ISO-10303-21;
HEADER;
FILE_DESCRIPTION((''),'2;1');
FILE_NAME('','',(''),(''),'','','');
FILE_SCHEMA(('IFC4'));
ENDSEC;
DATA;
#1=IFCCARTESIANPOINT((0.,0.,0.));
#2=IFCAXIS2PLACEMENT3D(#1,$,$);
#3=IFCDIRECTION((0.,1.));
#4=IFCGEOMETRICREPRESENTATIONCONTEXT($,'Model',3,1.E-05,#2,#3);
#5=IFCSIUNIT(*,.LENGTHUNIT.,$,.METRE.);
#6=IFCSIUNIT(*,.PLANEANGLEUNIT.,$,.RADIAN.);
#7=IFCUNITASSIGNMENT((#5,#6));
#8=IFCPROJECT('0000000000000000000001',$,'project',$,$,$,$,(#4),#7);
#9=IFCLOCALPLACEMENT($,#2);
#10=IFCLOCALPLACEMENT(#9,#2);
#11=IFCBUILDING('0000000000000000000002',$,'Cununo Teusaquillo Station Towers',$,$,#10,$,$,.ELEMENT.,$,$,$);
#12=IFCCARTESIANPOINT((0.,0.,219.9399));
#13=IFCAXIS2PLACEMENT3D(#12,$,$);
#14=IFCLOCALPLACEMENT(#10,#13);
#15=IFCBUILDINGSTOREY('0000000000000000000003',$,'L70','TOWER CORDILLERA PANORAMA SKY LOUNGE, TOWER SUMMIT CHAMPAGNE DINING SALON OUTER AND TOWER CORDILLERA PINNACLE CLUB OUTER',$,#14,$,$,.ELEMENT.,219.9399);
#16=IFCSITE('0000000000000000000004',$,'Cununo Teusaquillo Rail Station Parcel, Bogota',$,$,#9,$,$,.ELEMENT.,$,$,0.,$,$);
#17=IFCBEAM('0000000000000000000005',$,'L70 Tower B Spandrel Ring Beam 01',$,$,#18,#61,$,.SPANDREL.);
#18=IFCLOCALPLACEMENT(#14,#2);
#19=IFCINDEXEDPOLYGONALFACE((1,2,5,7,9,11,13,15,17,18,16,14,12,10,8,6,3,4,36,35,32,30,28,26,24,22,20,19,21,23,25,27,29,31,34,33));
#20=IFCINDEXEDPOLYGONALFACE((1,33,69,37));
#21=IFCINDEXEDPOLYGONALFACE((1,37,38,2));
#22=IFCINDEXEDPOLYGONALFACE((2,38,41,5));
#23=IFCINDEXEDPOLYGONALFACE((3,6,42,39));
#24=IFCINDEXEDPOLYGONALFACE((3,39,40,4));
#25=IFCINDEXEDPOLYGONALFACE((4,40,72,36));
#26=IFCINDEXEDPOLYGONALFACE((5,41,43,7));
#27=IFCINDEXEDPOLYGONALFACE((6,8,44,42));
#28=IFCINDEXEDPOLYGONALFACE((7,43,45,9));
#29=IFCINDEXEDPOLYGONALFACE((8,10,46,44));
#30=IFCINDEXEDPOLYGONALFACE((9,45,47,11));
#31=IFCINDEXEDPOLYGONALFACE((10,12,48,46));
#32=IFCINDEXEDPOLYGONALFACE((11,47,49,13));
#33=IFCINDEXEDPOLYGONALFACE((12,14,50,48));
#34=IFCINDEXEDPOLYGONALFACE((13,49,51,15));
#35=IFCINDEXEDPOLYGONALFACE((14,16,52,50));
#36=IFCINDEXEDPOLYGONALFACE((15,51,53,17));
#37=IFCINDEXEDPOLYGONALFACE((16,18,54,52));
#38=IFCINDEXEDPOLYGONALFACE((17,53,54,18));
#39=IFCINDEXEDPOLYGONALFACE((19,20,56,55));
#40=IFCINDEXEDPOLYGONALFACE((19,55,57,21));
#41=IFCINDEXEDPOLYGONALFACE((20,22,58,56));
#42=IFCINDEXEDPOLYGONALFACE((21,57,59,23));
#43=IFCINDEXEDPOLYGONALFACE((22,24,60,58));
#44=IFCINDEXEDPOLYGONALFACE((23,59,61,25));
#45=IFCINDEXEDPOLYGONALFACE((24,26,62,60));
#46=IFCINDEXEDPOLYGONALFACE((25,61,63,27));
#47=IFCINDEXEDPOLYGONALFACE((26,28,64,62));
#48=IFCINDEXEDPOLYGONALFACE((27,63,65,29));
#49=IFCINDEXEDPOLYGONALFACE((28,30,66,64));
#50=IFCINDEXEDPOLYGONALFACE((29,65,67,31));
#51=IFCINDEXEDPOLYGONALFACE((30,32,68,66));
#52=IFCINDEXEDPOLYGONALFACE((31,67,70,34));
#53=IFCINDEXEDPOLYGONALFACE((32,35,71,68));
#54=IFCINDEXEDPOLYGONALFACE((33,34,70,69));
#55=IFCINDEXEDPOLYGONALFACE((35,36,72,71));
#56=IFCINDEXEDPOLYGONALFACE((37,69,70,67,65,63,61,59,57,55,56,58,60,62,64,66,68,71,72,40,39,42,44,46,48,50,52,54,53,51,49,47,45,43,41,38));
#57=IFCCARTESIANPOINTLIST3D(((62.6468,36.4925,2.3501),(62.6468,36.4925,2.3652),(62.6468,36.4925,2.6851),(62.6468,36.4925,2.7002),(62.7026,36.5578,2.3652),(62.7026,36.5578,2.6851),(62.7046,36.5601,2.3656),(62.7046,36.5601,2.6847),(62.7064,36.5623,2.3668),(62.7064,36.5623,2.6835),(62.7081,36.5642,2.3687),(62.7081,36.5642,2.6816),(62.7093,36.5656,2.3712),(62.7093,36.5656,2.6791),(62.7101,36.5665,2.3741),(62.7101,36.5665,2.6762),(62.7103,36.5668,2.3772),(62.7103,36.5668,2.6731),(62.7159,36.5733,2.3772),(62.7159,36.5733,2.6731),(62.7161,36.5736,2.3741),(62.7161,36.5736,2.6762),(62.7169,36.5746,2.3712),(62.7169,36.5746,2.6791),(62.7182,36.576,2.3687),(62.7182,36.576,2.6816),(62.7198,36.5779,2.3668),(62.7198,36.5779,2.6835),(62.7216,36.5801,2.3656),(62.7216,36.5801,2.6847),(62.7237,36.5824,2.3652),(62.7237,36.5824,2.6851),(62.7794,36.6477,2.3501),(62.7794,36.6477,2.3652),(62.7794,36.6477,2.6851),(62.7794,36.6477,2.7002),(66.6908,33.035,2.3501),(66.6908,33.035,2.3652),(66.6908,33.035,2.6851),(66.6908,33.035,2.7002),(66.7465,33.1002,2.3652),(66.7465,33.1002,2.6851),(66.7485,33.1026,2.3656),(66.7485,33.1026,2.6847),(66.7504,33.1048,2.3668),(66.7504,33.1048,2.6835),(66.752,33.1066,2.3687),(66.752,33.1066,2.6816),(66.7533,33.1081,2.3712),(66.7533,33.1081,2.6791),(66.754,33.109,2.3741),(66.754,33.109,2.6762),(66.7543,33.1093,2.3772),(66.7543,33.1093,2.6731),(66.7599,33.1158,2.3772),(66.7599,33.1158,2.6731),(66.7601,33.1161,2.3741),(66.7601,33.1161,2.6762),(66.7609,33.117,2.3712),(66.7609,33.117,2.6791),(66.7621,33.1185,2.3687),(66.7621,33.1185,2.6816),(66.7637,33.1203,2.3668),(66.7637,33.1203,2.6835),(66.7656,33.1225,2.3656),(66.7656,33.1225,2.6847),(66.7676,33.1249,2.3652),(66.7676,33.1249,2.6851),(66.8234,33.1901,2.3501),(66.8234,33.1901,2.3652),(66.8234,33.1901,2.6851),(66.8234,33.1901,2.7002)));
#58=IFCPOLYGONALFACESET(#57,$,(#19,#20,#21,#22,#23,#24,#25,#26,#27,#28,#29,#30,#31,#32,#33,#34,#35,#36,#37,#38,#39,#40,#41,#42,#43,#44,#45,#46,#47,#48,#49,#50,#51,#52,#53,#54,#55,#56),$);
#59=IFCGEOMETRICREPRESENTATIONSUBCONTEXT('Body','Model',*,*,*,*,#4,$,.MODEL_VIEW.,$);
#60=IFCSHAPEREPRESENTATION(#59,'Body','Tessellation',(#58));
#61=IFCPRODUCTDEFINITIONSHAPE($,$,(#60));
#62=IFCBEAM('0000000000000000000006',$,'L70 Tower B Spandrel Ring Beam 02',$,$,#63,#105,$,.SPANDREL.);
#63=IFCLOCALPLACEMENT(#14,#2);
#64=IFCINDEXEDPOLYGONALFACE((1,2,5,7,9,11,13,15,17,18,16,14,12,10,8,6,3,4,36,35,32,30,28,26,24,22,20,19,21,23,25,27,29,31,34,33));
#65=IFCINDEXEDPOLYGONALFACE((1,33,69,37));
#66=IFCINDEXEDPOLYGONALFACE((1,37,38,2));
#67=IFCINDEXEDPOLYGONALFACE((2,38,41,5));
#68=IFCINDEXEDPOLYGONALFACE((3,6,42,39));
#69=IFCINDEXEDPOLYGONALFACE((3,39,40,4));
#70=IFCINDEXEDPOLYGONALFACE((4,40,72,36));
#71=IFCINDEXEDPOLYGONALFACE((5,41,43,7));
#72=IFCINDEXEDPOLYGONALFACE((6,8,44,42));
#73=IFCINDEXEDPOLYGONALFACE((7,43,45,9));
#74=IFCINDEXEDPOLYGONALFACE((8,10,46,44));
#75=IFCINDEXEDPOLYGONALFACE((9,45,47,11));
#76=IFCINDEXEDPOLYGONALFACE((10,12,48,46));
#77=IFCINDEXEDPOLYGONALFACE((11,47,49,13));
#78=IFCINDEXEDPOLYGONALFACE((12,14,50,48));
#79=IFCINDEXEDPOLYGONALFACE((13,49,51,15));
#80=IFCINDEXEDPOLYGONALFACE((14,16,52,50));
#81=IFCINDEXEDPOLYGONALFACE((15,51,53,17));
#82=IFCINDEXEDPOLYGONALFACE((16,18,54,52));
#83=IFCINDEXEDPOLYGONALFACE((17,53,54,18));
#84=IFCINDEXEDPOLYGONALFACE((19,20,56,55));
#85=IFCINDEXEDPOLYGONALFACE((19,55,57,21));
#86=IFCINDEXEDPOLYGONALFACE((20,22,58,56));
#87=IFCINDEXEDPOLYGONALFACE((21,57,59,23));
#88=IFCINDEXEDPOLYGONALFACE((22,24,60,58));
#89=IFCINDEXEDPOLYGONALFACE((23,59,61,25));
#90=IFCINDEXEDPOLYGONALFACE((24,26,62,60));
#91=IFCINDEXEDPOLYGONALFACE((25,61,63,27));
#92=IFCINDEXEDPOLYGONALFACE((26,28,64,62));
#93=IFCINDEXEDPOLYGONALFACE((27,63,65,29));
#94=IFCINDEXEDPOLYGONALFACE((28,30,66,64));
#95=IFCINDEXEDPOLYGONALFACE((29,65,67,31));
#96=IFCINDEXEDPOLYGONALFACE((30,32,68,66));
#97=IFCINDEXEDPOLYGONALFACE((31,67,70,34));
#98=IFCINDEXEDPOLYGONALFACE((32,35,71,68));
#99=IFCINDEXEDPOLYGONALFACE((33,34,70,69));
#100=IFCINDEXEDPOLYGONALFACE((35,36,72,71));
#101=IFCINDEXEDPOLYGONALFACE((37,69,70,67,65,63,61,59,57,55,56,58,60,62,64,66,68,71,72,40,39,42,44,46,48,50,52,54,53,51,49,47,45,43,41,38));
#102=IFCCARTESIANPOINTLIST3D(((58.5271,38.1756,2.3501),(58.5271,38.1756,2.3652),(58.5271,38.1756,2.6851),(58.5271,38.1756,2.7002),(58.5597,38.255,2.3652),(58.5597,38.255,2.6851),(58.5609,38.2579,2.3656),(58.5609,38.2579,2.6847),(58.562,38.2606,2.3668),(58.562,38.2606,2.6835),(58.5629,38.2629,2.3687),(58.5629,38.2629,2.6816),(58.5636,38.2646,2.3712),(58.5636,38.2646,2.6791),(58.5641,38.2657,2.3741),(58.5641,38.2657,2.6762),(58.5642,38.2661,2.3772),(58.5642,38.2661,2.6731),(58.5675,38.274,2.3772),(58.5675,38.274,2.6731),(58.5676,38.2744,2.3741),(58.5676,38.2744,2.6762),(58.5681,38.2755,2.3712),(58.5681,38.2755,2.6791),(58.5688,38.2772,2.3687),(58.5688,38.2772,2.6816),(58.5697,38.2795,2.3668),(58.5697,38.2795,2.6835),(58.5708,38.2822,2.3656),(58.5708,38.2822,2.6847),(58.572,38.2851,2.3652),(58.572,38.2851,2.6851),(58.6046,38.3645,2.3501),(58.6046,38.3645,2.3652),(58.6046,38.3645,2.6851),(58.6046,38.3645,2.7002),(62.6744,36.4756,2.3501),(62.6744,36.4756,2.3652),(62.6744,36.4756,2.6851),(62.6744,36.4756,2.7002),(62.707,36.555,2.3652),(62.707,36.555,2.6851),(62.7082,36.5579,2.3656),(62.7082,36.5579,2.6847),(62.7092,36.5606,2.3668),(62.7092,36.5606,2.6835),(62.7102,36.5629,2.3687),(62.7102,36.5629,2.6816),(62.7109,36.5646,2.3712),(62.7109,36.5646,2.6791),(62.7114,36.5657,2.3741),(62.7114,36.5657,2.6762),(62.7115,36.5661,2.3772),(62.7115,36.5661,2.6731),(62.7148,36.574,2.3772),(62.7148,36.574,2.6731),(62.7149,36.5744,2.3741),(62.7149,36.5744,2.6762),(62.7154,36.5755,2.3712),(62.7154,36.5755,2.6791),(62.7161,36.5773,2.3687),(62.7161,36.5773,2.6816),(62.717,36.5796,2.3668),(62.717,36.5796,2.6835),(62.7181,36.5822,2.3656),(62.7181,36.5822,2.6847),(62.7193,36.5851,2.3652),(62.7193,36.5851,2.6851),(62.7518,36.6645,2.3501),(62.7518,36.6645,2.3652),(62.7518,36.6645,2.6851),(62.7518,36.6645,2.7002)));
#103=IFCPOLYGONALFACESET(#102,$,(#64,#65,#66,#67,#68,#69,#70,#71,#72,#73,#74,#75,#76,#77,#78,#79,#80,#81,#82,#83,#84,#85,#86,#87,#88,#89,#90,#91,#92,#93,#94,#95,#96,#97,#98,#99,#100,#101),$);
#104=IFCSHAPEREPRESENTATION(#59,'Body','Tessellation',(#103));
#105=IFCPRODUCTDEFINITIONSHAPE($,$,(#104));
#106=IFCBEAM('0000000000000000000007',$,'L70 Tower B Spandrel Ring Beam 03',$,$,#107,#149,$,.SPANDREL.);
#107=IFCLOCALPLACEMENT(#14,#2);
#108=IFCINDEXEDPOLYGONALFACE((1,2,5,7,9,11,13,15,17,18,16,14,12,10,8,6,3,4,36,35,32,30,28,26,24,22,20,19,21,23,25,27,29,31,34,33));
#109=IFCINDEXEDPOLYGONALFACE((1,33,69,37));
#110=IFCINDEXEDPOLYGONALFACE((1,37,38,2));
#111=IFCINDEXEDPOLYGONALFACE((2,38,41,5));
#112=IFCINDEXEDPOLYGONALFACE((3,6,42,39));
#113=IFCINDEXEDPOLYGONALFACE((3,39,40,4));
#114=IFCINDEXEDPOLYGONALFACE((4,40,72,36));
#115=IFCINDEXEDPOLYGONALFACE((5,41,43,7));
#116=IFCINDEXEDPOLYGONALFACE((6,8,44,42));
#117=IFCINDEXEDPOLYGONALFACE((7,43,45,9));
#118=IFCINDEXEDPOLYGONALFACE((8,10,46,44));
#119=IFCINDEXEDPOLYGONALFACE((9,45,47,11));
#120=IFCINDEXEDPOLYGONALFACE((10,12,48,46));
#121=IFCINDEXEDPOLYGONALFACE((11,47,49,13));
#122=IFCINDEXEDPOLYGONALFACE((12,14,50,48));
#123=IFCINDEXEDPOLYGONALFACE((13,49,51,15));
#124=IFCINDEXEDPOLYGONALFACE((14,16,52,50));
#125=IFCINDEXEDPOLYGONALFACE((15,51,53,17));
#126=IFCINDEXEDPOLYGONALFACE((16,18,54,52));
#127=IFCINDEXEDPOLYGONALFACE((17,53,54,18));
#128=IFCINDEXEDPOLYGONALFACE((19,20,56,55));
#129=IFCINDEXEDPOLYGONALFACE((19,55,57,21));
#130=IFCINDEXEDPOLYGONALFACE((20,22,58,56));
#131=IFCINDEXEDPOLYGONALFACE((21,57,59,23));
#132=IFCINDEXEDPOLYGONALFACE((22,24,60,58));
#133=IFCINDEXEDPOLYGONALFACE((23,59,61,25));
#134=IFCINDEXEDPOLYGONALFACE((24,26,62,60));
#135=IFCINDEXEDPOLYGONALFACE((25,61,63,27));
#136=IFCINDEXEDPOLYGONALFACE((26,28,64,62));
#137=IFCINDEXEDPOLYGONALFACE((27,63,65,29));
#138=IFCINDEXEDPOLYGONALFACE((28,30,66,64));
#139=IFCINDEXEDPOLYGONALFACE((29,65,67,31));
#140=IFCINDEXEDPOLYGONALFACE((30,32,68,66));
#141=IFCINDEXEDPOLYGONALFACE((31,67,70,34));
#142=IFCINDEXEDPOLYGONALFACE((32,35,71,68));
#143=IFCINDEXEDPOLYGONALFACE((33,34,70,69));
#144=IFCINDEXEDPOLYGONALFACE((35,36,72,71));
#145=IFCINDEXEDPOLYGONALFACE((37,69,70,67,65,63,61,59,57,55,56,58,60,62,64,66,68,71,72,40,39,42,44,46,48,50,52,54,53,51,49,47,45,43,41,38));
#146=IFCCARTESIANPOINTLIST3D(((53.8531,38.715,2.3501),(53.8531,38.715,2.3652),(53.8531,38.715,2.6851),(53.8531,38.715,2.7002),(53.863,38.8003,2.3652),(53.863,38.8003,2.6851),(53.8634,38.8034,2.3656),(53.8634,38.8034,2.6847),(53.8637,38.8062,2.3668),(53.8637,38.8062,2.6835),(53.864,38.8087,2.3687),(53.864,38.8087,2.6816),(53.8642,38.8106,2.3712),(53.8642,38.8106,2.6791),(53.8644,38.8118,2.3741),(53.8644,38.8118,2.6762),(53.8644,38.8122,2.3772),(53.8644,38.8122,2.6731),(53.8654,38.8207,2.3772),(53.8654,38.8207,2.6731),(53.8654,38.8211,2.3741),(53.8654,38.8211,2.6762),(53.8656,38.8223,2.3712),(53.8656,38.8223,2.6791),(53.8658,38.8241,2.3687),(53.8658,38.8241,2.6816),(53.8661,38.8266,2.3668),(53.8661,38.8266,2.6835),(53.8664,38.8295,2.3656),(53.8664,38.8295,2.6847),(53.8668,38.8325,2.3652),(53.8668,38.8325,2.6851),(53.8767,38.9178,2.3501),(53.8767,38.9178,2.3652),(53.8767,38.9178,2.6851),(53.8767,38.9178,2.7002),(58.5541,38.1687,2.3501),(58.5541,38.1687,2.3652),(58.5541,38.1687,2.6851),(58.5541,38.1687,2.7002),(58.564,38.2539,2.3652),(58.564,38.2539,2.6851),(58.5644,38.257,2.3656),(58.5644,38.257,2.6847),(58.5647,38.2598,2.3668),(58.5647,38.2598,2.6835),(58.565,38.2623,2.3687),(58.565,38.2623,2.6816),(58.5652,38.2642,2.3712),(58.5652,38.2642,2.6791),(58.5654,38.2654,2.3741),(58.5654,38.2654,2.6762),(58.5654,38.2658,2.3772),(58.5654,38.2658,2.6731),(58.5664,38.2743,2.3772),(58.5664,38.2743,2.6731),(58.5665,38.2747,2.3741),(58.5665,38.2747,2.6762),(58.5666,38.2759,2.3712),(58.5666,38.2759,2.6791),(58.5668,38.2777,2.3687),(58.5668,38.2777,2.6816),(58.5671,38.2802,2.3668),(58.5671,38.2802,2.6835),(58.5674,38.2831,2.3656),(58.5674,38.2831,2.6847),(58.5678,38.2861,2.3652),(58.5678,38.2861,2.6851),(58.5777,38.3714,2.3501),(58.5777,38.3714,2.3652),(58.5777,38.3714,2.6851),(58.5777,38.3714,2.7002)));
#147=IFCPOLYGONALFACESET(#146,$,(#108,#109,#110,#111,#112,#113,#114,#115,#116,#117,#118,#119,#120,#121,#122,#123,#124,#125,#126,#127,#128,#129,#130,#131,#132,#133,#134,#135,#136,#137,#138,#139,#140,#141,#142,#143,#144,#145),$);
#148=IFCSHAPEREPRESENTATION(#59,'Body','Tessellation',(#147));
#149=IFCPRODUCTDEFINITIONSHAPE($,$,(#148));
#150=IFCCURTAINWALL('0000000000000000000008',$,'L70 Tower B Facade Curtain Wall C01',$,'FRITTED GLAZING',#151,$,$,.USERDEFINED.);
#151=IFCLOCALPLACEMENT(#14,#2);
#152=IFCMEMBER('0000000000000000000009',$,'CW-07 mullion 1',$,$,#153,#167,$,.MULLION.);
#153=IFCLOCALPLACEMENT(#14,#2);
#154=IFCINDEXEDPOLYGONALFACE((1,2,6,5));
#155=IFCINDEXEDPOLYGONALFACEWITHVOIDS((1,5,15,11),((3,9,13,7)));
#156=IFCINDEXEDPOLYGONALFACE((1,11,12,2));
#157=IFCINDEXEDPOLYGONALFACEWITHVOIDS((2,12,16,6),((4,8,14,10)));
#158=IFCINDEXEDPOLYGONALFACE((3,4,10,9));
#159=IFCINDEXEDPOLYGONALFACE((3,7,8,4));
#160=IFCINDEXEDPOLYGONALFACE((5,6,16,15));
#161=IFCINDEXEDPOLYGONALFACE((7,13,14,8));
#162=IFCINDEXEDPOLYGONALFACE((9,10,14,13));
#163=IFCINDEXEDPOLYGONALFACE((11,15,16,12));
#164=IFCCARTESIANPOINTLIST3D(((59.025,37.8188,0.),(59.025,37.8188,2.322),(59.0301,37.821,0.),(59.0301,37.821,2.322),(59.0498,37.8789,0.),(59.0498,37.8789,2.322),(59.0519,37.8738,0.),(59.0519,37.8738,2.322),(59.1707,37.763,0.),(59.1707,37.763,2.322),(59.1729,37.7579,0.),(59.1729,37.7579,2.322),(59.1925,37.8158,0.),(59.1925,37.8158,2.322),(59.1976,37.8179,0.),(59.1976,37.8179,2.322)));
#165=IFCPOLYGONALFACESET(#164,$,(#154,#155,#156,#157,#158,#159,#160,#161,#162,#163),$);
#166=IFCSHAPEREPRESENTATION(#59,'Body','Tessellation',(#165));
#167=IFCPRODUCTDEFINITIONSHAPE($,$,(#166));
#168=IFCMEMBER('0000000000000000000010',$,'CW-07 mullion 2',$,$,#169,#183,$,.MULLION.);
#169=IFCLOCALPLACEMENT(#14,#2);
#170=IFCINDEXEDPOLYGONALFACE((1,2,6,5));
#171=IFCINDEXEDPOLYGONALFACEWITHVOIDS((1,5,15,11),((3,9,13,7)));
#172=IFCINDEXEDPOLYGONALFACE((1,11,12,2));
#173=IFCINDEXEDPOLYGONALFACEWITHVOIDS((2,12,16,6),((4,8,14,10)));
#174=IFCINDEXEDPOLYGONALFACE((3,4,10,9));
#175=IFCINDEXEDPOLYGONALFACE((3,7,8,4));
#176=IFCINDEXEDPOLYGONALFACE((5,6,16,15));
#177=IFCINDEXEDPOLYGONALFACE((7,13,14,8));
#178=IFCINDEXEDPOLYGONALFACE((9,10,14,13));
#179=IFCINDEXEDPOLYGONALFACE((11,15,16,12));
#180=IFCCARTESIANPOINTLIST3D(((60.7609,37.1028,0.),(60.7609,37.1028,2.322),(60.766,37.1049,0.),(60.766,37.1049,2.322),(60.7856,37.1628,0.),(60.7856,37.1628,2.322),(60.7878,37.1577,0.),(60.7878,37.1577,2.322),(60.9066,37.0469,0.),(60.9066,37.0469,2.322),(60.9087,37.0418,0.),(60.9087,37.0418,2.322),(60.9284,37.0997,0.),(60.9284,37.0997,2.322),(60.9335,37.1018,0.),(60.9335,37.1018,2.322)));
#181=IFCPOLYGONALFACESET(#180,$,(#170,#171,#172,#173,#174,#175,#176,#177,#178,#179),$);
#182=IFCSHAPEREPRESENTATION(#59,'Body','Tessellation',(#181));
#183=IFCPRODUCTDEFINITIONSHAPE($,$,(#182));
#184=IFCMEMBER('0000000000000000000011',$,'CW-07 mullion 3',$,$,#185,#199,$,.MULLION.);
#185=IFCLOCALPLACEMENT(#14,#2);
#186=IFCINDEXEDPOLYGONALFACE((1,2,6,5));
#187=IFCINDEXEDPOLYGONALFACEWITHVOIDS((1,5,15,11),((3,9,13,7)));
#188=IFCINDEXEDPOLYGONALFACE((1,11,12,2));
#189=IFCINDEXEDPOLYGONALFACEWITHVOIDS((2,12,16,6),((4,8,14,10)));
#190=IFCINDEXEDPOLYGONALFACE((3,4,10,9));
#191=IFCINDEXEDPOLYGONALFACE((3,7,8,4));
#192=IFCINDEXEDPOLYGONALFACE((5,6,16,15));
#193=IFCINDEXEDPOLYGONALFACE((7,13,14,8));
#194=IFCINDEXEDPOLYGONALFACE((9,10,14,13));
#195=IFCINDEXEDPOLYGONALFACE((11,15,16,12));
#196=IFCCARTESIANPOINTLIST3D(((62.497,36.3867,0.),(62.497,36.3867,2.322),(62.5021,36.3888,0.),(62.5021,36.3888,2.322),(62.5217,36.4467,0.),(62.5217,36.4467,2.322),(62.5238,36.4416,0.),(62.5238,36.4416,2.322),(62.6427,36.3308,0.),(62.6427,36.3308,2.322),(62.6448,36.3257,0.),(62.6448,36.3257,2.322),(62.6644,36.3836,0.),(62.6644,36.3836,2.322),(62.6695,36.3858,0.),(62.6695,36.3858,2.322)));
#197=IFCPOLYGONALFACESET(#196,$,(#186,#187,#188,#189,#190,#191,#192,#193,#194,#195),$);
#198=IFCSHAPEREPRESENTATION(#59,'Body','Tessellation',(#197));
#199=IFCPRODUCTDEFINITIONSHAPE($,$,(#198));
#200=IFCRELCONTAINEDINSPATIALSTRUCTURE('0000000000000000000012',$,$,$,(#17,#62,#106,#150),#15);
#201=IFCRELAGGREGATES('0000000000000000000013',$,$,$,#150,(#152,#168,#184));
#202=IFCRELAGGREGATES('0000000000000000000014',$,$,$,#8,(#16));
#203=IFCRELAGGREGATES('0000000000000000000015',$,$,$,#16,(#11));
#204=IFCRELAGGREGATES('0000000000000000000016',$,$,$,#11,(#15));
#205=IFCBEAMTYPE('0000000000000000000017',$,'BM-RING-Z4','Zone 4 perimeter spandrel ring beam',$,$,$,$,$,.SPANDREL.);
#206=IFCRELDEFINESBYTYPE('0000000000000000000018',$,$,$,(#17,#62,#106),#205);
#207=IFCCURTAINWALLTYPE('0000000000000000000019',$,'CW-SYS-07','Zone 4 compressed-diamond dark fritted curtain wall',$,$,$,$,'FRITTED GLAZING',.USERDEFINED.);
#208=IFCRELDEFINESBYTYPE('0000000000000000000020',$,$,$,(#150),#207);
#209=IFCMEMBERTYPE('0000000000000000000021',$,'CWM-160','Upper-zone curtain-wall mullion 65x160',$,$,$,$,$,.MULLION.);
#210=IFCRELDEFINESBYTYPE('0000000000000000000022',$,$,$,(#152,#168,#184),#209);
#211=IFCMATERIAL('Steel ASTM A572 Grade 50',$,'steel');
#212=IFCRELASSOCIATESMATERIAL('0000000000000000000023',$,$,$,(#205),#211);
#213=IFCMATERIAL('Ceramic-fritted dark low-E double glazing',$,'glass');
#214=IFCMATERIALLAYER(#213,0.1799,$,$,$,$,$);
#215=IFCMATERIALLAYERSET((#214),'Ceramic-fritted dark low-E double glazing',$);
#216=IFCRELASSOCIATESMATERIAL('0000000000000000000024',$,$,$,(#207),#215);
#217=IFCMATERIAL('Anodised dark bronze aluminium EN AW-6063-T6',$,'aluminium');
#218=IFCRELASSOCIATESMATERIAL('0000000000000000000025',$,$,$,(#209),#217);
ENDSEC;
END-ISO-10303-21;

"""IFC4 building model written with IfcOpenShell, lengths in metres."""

from ifc_helpers import new_model, si_unit, direction, frame, origin, origin_2d, place, context, subcontext, project, spatial, hollow_rectangle, i_section, extrude, material, layer, layer_set, material_profile, profile_set, type_object, element, aggregate, save


model = new_model("IFC4")

# Units and contexts
model_context = context("Model", 3, precision=1e-05, world=origin(), true_north=direction((0.0, 1.0)))
body_context = subcontext(model_context, "Body", "Model", "MODEL_VIEW")
ifc_project = project(units=[si_unit("LENGTHUNIT", "METRE"), si_unit("PLANEANGLEUNIT", "RADIAN")], contexts=[model_context])

# Site, building, storey
site_placement = place(None, origin())
site = spatial("IfcSite", under=ifc_project, at=site_placement, Name="Cununo Teusaquillo Rail Station Parcel, Bogota", CompositionType="ELEMENT", RefElevation=0.0)
building_placement = place(site_placement, origin())
building = spatial("IfcBuilding", under=site, at=building_placement, Name="Cununo Teusaquillo Station Towers", CompositionType="ELEMENT")
storey_placement = place(building_placement, frame((0.0, 0.0, 219.9399)))
storey = spatial("IfcBuildingStorey", under=building, at=storey_placement, Name="L70", Description="TOWER CORDILLERA PANORAMA SKY LOUNGE, TOWER SUMMIT CHAMPAGNE DINING SALON OUTER AND TOWER CORDILLERA PINNACLE CLUB OUTER", CompositionType="ELEMENT", Elevation=219.9399)

# Beams
ifc_material_1 = material(Name="Steel ASTM A572 Grade 50", Category="steel")
ifc_material_profile_1 = material_profile(ifc_material_1, i_section(OverallWidth=0.2041, OverallDepth=0.3501, WebThickness=0.0085, FlangeThickness=0.0151, FilletRadius=0.012, at=origin_2d()), Name="W14X48")
ifc_profile_set_1 = profile_set([ifc_material_profile_1], Name="Steel ASTM A572 Grade 50")
beam_type_1 = type_object("IfcBeamType", Name="BM-RING-Z4", Description="Zone 4 perimeter spandrel ring beam", PredefinedType="SPANDREL", material=ifc_profile_set_1)
beam_1_placement = place(storey_placement, frame((66.7571, 33.1125, 2.5251), z_axis=(-0.760066, 0.649846, 0.0), x_axis=(-0.649846, -0.760066, 0.0)))
element("IfcBeam", 1, at=beam_1_placement, inside=storey, type_object=beam_type_1, Name="L70 Tower B Spandrel Ring Beam 01", PredefinedType="SPANDREL", context=body_context, shape_type="SweptSolid", body=[
    extrude(i_section(OverallWidth=0.2041, OverallDepth=0.3501, WebThickness=0.0085, FlangeThickness=0.0151, FilletRadius=0.012, at=origin_2d()), origin(), (0.0, 0.0, 1.0), 5.3206),
])
beam_2_placement = place(storey_placement, frame((62.7131, 36.5701, 2.5251), z_axis=(-0.925284, 0.379275, 0.0), x_axis=(-0.379275, -0.925284, 0.0)))
element("IfcBeam", 2, at=beam_2_placement, inside=storey, type_object=beam_type_1, Name="L70 Tower B Spandrel Ring Beam 02", PredefinedType="SPANDREL", context=body_context, shape_type="SweptSolid", body=[
    extrude(i_section(OverallWidth=0.2041, OverallDepth=0.3501, WebThickness=0.0085, FlangeThickness=0.0151, FilletRadius=0.012, at=origin_2d()), origin(), (0.0, 0.0, 1.0), 4.4822),
])
beam_3_placement = place(storey_placement, frame((58.5659, 38.27, 2.5251), z_axis=(-0.993313, 0.115452, 0.0), x_axis=(-0.115452, -0.993313, 0.0)))
element("IfcBeam", 3, at=beam_3_placement, inside=storey, type_object=beam_type_1, Name="L70 Tower B Spandrel Ring Beam 03", PredefinedType="SPANDREL", context=body_context, shape_type="SweptSolid", body=[
    extrude(i_section(OverallWidth=0.2041, OverallDepth=0.3501, WebThickness=0.0085, FlangeThickness=0.0151, FilletRadius=0.012, at=origin_2d()), origin(), (0.0, 0.0, 1.0), 4.7327),
])

# Curtain wall, members
ifc_material_2 = material(Name="Ceramic-fritted dark low-E double glazing", Category="glass")
ifc_layer_1 = layer(ifc_material_2, 0.1799)
ifc_layer_set_1 = layer_set([ifc_layer_1], Name="Ceramic-fritted dark low-E double glazing")
curtain_wall_type = type_object("IfcCurtainWallType", Name="CW-SYS-07", Description="Zone 4 compressed-diamond dark fritted curtain wall", ElementType="FRITTED GLAZING", PredefinedType="USERDEFINED", material=ifc_layer_set_1)
curtain_wall_placement = place(storey_placement, origin())
curtain_wall = element("IfcCurtainWall", 4, at=curtain_wall_placement, inside=storey, type_object=curtain_wall_type, Name="L70 Tower B Facade Curtain Wall C01", ObjectType="FRITTED GLAZING", PredefinedType="USERDEFINED")
ifc_material_3 = material(Name="Anodised dark bronze aluminium EN AW-6063-T6", Category="aluminium")
ifc_material_profile_2 = material_profile(ifc_material_3, hollow_rectangle(XDim=0.0649, YDim=0.1599, WallThickness=0.0039, at=origin_2d()), Name="CW-MULL-65x160")
ifc_profile_set_2 = profile_set([ifc_material_profile_2], Name="Anodised dark bronze aluminium EN AW-6063-T6")
member_type_1 = type_object("IfcMemberType", Name="CWM-160", Description="Upper-zone curtain-wall mullion 65x160", PredefinedType="MULLION", material=ifc_profile_set_2)
member_1_placement = place(storey_placement, frame((59.1113, 37.8184, 0.0), z_axis=(0.0, 0.0, 1.0), x_axis=(0.381311, 0.924447, 0.0)))
member_1 = element("IfcMember", 5, at=member_1_placement, type_object=member_type_1, Name="CW-07 mullion 1", PredefinedType="MULLION", context=body_context, shape_type="SweptSolid", body=[
    extrude(hollow_rectangle(XDim=0.0649, YDim=0.1599, WallThickness=0.0039, at=origin_2d()), origin(), (0.0, 0.0, 1.0), 2.322),
])
member_2_placement = place(storey_placement, frame((60.8472, 37.1023, 0.0), z_axis=(0.0, 0.0, 1.0), x_axis=(0.381311, 0.924447, 0.0)))
member_2 = element("IfcMember", 6, at=member_2_placement, type_object=member_type_1, Name="CW-07 mullion 2", PredefinedType="MULLION", context=body_context, shape_type="SweptSolid", body=[
    extrude(hollow_rectangle(XDim=0.0649, YDim=0.1599, WallThickness=0.0039, at=origin_2d()), origin(), (0.0, 0.0, 1.0), 2.322),
])
member_3_placement = place(storey_placement, frame((62.5833, 36.3862, 0.0), z_axis=(0.0, 0.0, 1.0), x_axis=(0.381311, 0.924447, 0.0)))
member_3 = element("IfcMember", 7, at=member_3_placement, type_object=member_type_1, Name="CW-07 mullion 3", PredefinedType="MULLION", context=body_context, shape_type="SweptSolid", body=[
    extrude(hollow_rectangle(XDim=0.0649, YDim=0.1599, WallThickness=0.0039, at=origin_2d()), origin(), (0.0, 0.0, 1.0), 2.322),
])

aggregate(curtain_wall, [member_1, member_2, member_3])

save(model, "model.ifc")
